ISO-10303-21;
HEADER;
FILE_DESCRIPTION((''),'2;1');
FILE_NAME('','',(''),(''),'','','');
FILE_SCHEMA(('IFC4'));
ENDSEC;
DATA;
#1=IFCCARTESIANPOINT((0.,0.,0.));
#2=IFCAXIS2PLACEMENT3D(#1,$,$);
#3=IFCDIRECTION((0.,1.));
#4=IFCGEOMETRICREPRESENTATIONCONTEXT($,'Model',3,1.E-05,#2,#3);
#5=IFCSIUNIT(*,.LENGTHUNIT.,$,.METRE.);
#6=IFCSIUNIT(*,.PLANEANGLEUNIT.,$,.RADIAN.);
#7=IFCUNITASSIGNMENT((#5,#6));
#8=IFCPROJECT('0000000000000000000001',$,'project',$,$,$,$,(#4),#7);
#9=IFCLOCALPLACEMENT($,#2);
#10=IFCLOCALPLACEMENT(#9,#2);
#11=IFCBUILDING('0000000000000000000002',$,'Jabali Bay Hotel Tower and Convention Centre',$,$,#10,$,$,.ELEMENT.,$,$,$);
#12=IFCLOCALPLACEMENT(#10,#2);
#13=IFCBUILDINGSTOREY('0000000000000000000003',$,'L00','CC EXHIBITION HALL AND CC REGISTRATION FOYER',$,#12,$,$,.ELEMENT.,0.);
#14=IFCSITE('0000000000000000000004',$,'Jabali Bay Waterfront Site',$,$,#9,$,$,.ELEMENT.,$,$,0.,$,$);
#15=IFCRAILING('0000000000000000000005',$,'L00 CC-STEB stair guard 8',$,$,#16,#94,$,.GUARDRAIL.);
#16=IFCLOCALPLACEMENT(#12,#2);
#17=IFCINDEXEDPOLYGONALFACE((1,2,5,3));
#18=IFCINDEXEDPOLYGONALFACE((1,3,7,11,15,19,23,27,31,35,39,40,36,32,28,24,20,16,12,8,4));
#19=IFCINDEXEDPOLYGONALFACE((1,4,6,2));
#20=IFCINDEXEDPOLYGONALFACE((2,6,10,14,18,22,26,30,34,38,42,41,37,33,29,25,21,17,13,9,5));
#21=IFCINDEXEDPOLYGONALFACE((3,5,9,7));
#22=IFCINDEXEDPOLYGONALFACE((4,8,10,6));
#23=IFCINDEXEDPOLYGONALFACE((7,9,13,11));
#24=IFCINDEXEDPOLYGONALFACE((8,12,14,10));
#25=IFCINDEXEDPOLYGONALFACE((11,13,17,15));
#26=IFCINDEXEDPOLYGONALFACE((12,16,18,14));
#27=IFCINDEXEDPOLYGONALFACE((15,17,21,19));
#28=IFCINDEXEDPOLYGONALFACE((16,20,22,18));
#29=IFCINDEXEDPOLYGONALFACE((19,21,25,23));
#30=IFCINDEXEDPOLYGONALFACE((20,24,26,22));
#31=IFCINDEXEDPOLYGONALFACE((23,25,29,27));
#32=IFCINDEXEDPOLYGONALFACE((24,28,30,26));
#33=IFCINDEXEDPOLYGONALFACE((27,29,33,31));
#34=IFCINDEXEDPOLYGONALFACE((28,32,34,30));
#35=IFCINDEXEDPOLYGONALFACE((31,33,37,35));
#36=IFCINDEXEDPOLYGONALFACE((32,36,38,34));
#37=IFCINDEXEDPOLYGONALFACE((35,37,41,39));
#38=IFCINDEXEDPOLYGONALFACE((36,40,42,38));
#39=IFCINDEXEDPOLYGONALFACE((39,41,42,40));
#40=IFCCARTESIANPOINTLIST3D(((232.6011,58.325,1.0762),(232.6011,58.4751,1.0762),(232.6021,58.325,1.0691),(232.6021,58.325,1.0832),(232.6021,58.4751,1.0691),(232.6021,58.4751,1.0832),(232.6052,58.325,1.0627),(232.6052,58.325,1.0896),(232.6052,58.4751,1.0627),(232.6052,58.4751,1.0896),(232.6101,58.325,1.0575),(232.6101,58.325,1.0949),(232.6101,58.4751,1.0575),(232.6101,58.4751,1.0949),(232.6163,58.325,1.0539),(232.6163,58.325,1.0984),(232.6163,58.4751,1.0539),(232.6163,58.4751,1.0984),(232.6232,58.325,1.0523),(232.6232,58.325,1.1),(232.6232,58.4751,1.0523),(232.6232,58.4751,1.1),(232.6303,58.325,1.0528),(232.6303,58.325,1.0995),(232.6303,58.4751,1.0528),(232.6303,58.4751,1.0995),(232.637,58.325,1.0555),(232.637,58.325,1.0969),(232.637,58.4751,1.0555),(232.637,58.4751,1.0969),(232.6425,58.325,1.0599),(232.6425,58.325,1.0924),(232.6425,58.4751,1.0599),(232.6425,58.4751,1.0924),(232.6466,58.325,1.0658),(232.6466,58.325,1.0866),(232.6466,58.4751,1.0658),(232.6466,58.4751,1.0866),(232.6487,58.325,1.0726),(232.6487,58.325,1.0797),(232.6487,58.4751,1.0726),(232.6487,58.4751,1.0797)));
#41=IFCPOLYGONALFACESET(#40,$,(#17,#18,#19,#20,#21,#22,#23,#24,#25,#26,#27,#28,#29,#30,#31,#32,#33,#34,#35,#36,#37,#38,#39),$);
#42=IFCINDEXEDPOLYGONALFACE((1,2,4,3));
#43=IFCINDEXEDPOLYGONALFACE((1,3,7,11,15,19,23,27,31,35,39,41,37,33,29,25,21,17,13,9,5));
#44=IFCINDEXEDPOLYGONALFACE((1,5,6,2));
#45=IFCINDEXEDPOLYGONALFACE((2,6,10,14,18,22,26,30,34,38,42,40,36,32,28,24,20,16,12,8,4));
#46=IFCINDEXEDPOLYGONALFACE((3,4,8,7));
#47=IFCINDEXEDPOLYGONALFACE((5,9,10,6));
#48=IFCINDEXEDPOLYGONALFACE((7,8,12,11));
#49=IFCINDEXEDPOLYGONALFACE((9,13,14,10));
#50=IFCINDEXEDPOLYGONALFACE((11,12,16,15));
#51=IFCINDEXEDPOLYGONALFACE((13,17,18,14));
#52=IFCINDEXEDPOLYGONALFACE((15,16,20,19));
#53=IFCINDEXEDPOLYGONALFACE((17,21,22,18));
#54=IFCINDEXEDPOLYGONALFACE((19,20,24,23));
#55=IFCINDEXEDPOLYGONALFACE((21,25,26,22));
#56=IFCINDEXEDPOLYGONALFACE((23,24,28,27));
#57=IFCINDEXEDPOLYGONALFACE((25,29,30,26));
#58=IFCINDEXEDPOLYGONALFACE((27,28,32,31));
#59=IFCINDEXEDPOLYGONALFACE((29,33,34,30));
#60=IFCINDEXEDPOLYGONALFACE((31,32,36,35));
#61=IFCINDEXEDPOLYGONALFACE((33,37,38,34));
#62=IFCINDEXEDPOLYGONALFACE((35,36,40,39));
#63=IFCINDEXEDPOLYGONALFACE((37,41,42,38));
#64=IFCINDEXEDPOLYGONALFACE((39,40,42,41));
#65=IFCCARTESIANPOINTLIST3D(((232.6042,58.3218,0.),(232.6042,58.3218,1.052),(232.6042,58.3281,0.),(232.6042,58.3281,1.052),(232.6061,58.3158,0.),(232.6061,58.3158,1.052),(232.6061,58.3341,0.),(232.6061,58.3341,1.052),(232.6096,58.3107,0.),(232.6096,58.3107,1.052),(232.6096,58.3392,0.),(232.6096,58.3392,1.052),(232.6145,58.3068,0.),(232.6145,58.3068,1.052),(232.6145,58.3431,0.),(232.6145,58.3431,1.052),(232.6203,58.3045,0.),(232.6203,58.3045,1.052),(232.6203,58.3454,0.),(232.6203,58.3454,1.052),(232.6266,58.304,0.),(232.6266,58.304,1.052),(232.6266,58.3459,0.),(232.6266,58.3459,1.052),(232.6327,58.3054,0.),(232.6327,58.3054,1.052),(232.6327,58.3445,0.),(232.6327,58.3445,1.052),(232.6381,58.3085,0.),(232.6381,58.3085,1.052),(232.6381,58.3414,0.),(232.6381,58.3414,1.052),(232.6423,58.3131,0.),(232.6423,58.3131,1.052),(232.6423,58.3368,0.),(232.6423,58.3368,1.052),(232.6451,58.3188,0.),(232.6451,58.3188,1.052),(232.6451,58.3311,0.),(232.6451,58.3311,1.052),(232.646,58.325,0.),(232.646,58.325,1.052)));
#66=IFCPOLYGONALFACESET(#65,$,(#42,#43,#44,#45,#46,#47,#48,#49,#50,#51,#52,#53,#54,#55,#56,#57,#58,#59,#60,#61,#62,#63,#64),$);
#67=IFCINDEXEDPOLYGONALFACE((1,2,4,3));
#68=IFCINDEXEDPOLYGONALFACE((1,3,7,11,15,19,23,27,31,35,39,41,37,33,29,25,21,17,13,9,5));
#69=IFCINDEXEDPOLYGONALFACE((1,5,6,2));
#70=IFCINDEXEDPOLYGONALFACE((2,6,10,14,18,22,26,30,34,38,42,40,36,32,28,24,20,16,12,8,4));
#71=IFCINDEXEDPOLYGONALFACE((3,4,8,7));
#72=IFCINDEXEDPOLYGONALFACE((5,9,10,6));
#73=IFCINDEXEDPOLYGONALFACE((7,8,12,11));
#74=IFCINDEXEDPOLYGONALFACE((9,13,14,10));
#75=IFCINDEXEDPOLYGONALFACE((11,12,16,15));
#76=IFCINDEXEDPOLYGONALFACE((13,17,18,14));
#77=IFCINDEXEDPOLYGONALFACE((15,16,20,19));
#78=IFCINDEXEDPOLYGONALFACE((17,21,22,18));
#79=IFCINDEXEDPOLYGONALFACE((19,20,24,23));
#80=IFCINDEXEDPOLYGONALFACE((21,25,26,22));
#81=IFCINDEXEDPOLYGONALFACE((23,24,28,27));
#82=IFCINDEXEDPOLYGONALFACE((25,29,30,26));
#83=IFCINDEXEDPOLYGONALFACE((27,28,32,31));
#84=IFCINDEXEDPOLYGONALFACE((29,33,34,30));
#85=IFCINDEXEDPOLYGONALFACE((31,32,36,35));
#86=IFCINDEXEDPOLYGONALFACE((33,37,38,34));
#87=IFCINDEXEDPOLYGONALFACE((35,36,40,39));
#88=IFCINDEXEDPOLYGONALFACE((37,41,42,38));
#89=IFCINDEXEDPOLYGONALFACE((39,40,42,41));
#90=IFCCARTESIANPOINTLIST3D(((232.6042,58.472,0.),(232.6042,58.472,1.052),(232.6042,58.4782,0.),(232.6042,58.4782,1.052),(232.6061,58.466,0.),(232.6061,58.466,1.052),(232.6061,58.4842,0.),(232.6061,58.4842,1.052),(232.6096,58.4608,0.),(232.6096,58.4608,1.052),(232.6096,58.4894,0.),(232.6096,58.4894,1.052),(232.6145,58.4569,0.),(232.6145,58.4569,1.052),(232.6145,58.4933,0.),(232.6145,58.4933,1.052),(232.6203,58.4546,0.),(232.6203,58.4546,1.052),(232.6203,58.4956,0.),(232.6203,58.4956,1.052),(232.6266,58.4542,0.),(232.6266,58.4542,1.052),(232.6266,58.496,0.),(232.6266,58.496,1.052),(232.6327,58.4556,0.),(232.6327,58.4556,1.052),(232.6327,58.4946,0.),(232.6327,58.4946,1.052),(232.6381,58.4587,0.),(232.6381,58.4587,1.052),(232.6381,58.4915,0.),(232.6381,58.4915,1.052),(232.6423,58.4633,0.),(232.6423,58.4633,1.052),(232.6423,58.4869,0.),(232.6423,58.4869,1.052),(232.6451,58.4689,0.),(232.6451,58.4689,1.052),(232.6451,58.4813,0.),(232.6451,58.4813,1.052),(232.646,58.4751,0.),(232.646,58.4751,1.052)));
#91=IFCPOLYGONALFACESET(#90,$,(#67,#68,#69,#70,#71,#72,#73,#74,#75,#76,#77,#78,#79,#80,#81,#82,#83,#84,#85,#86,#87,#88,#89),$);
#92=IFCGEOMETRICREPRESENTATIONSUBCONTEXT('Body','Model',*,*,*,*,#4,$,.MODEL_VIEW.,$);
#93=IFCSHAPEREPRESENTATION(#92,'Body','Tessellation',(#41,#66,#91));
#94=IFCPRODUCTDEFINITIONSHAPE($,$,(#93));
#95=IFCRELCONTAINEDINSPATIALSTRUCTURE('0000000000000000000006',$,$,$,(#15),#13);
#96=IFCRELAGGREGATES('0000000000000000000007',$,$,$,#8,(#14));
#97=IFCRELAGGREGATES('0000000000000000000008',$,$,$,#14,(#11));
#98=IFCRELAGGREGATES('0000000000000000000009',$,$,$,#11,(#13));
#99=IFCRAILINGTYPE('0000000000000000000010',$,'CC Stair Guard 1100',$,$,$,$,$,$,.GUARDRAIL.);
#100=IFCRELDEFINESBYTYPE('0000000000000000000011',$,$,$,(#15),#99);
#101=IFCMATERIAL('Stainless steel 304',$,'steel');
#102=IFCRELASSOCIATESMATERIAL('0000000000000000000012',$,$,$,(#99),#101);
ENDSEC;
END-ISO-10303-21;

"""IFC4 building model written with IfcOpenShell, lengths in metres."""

from ifc_helpers import new_model, si_unit, direction, frame, origin, origin_2d, place, context, subcontext, project, spatial, circle, extrude, material, type_object, element, save


model = new_model("IFC4")

# Units and contexts
model_context = context("Model", 3, precision=1e-05, world=origin(), true_north=direction((0.0, 1.0)))
body_context = subcontext(model_context, "Body", "Model", "MODEL_VIEW")
ifc_project = project(units=[si_unit("LENGTHUNIT", "METRE"), si_unit("PLANEANGLEUNIT", "RADIAN")], contexts=[model_context])

# Site, building, storey
site_placement = place(None, origin())
site = spatial("IfcSite", under=ifc_project, at=site_placement, Name="Jabali Bay Waterfront Site", CompositionType="ELEMENT", RefElevation=0.0)
building_placement = place(site_placement, origin())
building = spatial("IfcBuilding", under=site, at=building_placement, Name="Jabali Bay Hotel Tower and Convention Centre", CompositionType="ELEMENT")
storey_placement = place(building_placement, origin())
storey = spatial("IfcBuildingStorey", under=building, at=storey_placement, Name="L00", Description="CC EXHIBITION HALL AND CC REGISTRATION FOYER", CompositionType="ELEMENT", Elevation=0.0)

# Railing
ifc_material_1 = material(Name="Stainless steel 304", Category="steel")
railing_type_1 = type_object("IfcRailingType", Name="CC Stair Guard 1100", PredefinedType="GUARDRAIL", material=ifc_material_1)
railing_1_placement = place(storey_placement, frame((232.625, 58.325, 0.0)))
element("IfcRailing", 1, at=railing_1_placement, inside=storey, type_object=railing_type_1, Name="L00 CC-STEB stair guard 8", PredefinedType="GUARDRAIL", context=body_context, shape_type="SweptSolid", body=[
    extrude(circle(Radius=0.0239, at=origin_2d()), frame((0.0, 0.0, 1.0762), z_axis=(0.0, 1.0, 0.0), x_axis=(-1.0, 0.0, 0.0)), (0.0, 0.0, 1.0), 0.1501),
    extrude(circle(Radius=0.021, at=origin_2d()), origin(), (0.0, 0.0, 1.0), 1.052),
    extrude(circle(Radius=0.021, at=origin_2d()), frame((0.0, 0.1501, 0.0)), (0.0, 0.0, 1.0), 1.052),
])

save(model, "model.ifc")
